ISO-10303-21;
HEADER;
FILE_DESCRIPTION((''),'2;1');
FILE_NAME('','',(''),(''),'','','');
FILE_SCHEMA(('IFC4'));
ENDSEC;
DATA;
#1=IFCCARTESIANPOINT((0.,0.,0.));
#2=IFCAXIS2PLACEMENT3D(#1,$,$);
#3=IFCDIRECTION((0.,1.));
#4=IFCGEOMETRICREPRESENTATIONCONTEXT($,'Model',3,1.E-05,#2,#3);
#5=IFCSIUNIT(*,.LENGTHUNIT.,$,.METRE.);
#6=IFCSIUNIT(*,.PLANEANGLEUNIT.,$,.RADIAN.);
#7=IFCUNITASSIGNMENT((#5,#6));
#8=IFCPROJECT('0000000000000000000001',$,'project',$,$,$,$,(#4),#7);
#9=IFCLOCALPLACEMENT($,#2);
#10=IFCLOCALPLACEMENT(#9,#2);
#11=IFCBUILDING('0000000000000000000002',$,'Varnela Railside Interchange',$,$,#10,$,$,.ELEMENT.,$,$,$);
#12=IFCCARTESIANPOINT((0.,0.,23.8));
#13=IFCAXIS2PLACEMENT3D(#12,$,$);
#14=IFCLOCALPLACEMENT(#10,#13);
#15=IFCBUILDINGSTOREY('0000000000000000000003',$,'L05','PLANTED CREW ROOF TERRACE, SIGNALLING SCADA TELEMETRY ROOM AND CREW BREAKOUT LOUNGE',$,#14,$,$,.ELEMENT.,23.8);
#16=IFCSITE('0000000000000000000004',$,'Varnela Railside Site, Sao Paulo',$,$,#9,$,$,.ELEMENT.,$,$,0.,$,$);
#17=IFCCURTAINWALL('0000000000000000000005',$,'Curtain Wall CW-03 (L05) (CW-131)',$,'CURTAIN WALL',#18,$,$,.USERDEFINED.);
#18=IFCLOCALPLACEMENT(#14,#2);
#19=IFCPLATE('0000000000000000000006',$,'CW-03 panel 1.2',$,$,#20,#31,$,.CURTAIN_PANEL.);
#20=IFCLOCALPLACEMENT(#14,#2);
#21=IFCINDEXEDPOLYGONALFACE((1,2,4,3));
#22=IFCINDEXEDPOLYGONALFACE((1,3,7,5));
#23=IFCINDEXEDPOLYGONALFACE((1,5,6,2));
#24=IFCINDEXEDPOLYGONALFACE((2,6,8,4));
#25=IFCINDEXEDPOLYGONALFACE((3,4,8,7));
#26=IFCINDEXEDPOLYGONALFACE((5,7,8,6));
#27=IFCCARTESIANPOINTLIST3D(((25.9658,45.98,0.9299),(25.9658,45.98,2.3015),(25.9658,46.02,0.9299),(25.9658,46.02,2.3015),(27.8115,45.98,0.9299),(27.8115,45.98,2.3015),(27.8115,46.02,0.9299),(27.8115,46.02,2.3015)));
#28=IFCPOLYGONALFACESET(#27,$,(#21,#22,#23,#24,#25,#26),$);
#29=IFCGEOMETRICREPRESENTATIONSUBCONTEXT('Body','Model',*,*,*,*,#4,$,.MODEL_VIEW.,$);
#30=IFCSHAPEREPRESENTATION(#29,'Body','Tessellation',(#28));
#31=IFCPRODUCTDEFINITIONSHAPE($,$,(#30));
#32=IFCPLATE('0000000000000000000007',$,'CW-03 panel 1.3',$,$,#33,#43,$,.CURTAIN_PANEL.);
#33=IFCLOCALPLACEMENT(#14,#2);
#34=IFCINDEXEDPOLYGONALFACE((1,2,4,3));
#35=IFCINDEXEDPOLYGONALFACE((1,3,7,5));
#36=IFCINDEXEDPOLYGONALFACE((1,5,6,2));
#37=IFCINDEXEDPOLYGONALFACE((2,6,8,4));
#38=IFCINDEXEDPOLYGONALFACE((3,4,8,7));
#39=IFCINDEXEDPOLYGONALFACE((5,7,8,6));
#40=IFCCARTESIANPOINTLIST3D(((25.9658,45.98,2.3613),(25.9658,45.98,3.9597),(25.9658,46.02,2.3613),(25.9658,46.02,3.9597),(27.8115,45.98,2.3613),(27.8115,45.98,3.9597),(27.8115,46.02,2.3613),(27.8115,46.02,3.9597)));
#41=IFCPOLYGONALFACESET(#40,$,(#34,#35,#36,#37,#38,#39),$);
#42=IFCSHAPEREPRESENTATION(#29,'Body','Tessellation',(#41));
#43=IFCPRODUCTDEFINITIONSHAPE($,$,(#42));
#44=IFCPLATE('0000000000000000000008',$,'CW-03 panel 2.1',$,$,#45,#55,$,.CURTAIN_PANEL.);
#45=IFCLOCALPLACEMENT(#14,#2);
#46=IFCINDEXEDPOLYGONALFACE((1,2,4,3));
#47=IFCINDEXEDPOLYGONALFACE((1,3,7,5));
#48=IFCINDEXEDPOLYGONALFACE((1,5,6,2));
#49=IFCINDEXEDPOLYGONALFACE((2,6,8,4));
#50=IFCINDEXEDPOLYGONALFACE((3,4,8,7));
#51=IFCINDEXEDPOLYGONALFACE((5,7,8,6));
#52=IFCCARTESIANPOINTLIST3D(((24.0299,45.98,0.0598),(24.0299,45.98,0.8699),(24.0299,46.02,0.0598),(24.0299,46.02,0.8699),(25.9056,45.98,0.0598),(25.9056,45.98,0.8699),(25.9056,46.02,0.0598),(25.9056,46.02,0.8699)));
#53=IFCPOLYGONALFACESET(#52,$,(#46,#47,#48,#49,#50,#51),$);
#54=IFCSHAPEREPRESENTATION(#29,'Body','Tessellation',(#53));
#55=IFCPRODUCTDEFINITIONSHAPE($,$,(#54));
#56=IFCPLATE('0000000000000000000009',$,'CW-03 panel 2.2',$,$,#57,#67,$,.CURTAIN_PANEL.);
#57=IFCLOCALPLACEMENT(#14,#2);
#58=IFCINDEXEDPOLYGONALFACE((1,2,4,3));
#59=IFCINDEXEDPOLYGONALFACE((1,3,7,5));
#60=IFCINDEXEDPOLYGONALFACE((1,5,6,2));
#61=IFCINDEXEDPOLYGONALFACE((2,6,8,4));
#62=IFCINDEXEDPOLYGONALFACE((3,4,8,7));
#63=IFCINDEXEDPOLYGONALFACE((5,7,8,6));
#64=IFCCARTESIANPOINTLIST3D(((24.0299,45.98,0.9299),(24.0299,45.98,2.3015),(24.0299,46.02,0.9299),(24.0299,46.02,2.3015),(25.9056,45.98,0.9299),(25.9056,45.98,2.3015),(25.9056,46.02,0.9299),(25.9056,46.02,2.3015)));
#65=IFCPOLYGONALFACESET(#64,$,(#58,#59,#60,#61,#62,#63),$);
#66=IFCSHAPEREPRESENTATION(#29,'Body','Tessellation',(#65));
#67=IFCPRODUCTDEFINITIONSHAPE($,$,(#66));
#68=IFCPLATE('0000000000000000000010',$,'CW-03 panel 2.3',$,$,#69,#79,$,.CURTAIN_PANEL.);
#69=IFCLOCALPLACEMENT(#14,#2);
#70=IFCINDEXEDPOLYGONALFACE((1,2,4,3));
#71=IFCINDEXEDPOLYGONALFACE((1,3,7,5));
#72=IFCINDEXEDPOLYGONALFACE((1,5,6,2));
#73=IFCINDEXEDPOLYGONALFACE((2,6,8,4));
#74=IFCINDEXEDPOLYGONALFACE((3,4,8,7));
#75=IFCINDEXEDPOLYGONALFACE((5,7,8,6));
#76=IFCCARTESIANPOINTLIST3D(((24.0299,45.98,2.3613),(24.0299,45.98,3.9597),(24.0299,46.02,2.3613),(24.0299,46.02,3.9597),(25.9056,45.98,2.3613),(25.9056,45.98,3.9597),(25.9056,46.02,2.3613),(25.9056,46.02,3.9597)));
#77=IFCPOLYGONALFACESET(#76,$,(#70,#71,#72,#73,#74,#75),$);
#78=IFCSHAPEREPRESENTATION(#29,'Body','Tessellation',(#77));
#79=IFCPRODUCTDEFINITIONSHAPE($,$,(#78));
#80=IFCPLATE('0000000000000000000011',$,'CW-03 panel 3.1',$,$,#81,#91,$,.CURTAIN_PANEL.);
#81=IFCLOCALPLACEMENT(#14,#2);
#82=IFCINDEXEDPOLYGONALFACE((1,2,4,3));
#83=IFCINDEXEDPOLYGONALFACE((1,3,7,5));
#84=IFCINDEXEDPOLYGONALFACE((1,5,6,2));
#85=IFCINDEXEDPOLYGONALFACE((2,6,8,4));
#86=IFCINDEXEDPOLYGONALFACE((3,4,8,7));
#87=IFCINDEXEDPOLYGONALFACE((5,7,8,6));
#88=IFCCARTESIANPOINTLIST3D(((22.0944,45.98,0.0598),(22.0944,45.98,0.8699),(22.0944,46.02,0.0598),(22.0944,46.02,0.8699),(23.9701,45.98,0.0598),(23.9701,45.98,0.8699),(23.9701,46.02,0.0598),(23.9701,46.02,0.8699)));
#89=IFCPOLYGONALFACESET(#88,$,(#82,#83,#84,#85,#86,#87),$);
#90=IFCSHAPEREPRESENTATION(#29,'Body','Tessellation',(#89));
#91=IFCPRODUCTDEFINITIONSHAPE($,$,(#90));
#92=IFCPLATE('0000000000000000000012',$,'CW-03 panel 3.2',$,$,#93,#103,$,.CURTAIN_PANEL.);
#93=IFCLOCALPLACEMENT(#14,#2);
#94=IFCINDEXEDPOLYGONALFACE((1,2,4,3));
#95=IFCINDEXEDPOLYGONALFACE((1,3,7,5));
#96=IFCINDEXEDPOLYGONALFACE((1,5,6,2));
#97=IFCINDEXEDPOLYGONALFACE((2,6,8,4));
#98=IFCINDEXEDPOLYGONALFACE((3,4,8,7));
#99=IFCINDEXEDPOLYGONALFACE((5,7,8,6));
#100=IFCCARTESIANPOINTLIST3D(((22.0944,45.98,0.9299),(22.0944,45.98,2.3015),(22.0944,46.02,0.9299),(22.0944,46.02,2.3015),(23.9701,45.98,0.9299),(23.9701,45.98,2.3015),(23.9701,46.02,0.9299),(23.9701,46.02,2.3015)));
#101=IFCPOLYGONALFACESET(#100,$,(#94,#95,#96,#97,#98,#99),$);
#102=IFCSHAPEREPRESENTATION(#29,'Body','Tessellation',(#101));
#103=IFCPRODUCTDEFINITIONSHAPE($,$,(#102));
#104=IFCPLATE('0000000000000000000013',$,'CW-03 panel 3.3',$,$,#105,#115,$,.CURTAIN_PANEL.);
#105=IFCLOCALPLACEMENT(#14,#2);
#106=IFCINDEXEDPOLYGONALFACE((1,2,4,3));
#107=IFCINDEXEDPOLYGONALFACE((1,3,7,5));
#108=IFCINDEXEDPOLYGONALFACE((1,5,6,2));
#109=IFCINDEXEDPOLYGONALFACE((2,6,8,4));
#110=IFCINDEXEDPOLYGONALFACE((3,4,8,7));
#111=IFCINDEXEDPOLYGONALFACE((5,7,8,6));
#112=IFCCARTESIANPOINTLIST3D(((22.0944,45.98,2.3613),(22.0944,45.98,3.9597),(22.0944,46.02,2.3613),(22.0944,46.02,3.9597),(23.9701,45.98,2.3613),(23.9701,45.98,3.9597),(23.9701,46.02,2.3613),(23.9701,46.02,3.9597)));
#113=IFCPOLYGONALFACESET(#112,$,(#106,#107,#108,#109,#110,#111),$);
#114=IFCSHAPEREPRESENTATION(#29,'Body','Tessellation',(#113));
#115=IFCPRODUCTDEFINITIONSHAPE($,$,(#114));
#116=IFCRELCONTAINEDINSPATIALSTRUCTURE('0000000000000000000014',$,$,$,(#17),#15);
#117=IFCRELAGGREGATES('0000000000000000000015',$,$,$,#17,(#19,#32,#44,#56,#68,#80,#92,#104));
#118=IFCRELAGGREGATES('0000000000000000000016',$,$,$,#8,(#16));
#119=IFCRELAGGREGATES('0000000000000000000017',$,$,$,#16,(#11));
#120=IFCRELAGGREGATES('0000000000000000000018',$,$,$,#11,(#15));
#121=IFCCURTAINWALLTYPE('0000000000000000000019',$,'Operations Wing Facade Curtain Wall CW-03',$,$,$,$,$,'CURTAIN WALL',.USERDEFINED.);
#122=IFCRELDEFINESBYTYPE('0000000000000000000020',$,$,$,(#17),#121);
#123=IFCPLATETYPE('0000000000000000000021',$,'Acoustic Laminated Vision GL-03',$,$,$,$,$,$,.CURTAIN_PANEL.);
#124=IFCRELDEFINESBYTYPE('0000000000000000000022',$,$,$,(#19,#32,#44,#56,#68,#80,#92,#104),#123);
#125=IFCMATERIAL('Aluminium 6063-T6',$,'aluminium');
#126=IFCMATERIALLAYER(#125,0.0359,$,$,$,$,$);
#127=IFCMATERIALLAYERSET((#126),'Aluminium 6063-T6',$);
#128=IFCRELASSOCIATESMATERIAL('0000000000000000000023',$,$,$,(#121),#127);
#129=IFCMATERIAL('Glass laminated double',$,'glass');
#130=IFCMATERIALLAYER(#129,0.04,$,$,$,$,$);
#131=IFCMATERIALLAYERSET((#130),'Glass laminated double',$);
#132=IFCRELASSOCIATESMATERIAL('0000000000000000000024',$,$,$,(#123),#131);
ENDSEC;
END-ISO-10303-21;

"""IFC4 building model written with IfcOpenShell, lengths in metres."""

from ifc_helpers import new_model, si_unit, direction, frame, origin, origin_2d, place, context, subcontext, project, spatial, rectangle, extrude, material, layer, layer_set, type_object, element, aggregate, save


model = new_model("IFC4")

# Units and contexts
model_context = context("Model", 3, precision=1e-05, world=origin(), true_north=direction((0.0, 1.0)))
body_context = subcontext(model_context, "Body", "Model", "MODEL_VIEW")
ifc_project = project(units=[si_unit("LENGTHUNIT", "METRE"), si_unit("PLANEANGLEUNIT", "RADIAN")], contexts=[model_context])

# Site, building, storey
site_placement = place(None, origin())
site = spatial("IfcSite", under=ifc_project, at=site_placement, Name="Varnela Railside Site, Sao Paulo", CompositionType="ELEMENT", RefElevation=0.0)
building_placement = place(site_placement, origin())
building = spatial("IfcBuilding", under=site, at=building_placement, Name="Varnela Railside Interchange", CompositionType="ELEMENT")
storey_placement = place(building_placement, frame((0.0, 0.0, 23.8)))
storey = spatial("IfcBuildingStorey", under=building, at=storey_placement, Name="L05", Description="PLANTED CREW ROOF TERRACE, SIGNALLING SCADA TELEMETRY ROOM AND CREW BREAKOUT LOUNGE", CompositionType="ELEMENT", Elevation=23.8)

# Curtain wall, plates
ifc_material_1 = material(Name="Aluminium 6063-T6", Category="aluminium")
ifc_layer_1 = layer(ifc_material_1, 0.0359)
ifc_layer_set_1 = layer_set([ifc_layer_1], Name="Aluminium 6063-T6")
curtain_wall_type = type_object("IfcCurtainWallType", Name="Operations Wing Facade Curtain Wall CW-03", ElementType="CURTAIN WALL", PredefinedType="USERDEFINED", material=ifc_layer_set_1)
curtain_wall_placement = place(storey_placement, origin())
curtain_wall = element("IfcCurtainWall", 1, at=curtain_wall_placement, inside=storey, type_object=curtain_wall_type, Name="Curtain Wall CW-03 (L05) (CW-131)", ObjectType="CURTAIN WALL", PredefinedType="USERDEFINED")
ifc_material_2 = material(Name="Glass laminated double", Category="glass")
ifc_layer_2 = layer(ifc_material_2, 0.04)
ifc_layer_set_2 = layer_set([ifc_layer_2], Name="Glass laminated double")
plate_type = type_object("IfcPlateType", Name="Acoustic Laminated Vision GL-03", PredefinedType="CURTAIN_PANEL", material=ifc_layer_set_2)
plate_1_placement = place(storey_placement, frame((26.8887, 46.0, 0.9299), z_axis=(0.0, 0.0, 1.0), x_axis=(-1.0, 0.0, 0.0)))
plate_1 = element("IfcPlate", 2, at=plate_1_placement, type_object=plate_type, Name="CW-03 panel 1.2", PredefinedType="CURTAIN_PANEL", context=body_context, shape_type="SweptSolid", body=[
    extrude(rectangle(XDim=1.8457, YDim=0.04, at=origin_2d()), origin(), (0.0, 0.0, 1.0), 1.3716),
])
plate_2_placement = place(storey_placement, frame((26.8887, 46.0, 2.3613), z_axis=(0.0, 0.0, 1.0), x_axis=(-1.0, 0.0, 0.0)))
plate_2 = element("IfcPlate", 3, at=plate_2_placement, type_object=plate_type, Name="CW-03 panel 1.3", PredefinedType="CURTAIN_PANEL", context=body_context, shape_type="SweptSolid", body=[
    extrude(rectangle(XDim=1.8457, YDim=0.04, at=origin_2d()), origin(), (0.0, 0.0, 1.0), 1.5984),
])
plate_3_placement = place(storey_placement, frame((24.9678, 46.0, 0.0598), z_axis=(0.0, 0.0, 1.0), x_axis=(-1.0, 0.0, 0.0)))
plate_3 = element("IfcPlate", 4, at=plate_3_placement, type_object=plate_type, Name="CW-03 panel 2.1", PredefinedType="CURTAIN_PANEL", context=body_context, shape_type="SweptSolid", body=[
    extrude(rectangle(XDim=1.8757, YDim=0.04, at=origin_2d()), origin(), (0.0, 0.0, 1.0), 0.8101),
])
plate_4_placement = place(storey_placement, frame((24.9678, 46.0, 0.9299), z_axis=(0.0, 0.0, 1.0), x_axis=(-1.0, 0.0, 0.0)))
plate_4 = element("IfcPlate", 5, at=plate_4_placement, type_object=plate_type, Name="CW-03 panel 2.2", PredefinedType="CURTAIN_PANEL", context=body_context, shape_type="SweptSolid", body=[
    extrude(rectangle(XDim=1.8757, YDim=0.04, at=origin_2d()), origin(), (0.0, 0.0, 1.0), 1.3716),
])
plate_5_placement = place(storey_placement, frame((24.9678, 46.0, 2.3613), z_axis=(0.0, 0.0, 1.0), x_axis=(-1.0, 0.0, 0.0)))
plate_5 = element("IfcPlate", 6, at=plate_5_placement, type_object=plate_type, Name="CW-03 panel 2.3", PredefinedType="CURTAIN_PANEL", context=body_context, shape_type="SweptSolid", body=[
    extrude(rectangle(XDim=1.8757, YDim=0.04, at=origin_2d()), origin(), (0.0, 0.0, 1.0), 1.5984),
])
plate_6_placement = place(storey_placement, frame((23.0322, 46.0, 0.0598), z_axis=(0.0, 0.0, 1.0), x_axis=(-1.0, 0.0, 0.0)))
plate_6 = element("IfcPlate", 7, at=plate_6_placement, type_object=plate_type, Name="CW-03 panel 3.1", PredefinedType="CURTAIN_PANEL", context=body_context, shape_type="SweptSolid", body=[
    extrude(rectangle(XDim=1.8757, YDim=0.04, at=origin_2d()), origin(), (0.0, 0.0, 1.0), 0.8101),
])
plate_7_placement = place(storey_placement, frame((23.0322, 46.0, 0.9299), z_axis=(0.0, 0.0, 1.0), x_axis=(-1.0, 0.0, 0.0)))
plate_7 = element("IfcPlate", 8, at=plate_7_placement, type_object=plate_type, Name="CW-03 panel 3.2", PredefinedType="CURTAIN_PANEL", context=body_context, shape_type="SweptSolid", body=[
    extrude(rectangle(XDim=1.8757, YDim=0.04, at=origin_2d()), origin(), (0.0, 0.0, 1.0), 1.3716),
])
plate_8_placement = place(storey_placement, frame((23.0322, 46.0, 2.3613), z_axis=(0.0, 0.0, 1.0), x_axis=(-1.0, 0.0, 0.0)))
plate_8 = element("IfcPlate", 9, at=plate_8_placement, type_object=plate_type, Name="CW-03 panel 3.3", PredefinedType="CURTAIN_PANEL", context=body_context, shape_type="SweptSolid", body=[
    extrude(rectangle(XDim=1.8757, YDim=0.04, at=origin_2d()), origin(), (0.0, 0.0, 1.0), 1.5984),
])
aggregate(curtain_wall, [plate_1, plate_2, plate_3, plate_4, plate_5, plate_6, plate_7, plate_8])

save(model, "model.ifc")
